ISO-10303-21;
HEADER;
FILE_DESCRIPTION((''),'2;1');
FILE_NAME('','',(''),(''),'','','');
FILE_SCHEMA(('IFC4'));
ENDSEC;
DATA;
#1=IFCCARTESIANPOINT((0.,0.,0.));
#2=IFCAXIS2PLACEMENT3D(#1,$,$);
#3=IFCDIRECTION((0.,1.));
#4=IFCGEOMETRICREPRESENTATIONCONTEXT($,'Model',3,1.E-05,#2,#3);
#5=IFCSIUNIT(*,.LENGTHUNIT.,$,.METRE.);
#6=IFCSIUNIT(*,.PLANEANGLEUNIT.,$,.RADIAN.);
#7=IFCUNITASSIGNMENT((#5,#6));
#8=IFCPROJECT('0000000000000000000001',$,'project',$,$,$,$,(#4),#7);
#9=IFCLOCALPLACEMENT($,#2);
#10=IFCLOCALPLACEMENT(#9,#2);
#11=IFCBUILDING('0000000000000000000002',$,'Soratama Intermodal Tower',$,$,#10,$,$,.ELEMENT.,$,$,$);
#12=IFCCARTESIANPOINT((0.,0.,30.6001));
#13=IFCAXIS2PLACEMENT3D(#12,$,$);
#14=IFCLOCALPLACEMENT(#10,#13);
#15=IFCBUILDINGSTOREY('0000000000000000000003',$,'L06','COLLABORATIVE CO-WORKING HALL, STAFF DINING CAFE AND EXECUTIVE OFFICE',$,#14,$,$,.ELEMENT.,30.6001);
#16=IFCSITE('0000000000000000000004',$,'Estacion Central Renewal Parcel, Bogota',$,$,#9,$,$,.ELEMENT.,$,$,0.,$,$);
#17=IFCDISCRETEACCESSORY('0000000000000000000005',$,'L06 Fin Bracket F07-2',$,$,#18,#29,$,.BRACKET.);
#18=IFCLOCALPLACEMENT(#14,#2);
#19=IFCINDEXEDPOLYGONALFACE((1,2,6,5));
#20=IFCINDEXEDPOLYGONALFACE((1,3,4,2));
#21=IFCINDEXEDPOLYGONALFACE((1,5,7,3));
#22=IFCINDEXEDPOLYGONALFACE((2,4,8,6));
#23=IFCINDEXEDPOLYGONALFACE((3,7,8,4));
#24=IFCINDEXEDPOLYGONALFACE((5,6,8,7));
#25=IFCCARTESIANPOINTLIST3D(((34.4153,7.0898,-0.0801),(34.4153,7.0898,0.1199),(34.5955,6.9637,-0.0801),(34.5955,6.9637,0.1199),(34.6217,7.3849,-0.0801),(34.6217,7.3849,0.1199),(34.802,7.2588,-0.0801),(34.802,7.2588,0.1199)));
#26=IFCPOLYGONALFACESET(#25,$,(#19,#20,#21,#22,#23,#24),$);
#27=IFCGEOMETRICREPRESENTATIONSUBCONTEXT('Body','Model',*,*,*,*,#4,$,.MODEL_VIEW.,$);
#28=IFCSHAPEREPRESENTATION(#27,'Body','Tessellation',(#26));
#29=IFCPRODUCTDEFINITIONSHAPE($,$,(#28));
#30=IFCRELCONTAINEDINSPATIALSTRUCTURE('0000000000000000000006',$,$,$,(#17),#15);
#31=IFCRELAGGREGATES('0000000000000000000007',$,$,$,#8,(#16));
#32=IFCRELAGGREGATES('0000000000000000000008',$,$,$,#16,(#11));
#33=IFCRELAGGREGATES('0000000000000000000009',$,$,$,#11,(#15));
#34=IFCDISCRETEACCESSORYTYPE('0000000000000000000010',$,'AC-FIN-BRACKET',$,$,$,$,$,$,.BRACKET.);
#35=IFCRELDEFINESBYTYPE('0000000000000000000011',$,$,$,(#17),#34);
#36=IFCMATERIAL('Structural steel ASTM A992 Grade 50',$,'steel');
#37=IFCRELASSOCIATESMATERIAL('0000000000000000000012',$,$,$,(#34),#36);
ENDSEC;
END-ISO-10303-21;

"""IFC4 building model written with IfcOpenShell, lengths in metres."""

from ifc_helpers import new_model, si_unit, direction, frame, origin, origin_2d, place, context, subcontext, project, spatial, rectangle, extrude, material, type_object, element, save


model = new_model("IFC4")

# Units and contexts
model_context = context("Model", 3, precision=1e-05, world=origin(), true_north=direction((0.0, 1.0)))
body_context = subcontext(model_context, "Body", "Model", "MODEL_VIEW")
ifc_project = project(units=[si_unit("LENGTHUNIT", "METRE"), si_unit("PLANEANGLEUNIT", "RADIAN")], contexts=[model_context])

# Site, building, storey
site_placement = place(None, origin())
site = spatial("IfcSite", under=ifc_project, at=site_placement, Name="Estacion Central Renewal Parcel, Bogota", CompositionType="ELEMENT", RefElevation=0.0)
building_placement = place(site_placement, origin())
building = spatial("IfcBuilding", under=site, at=building_placement, Name="Soratama Intermodal Tower", CompositionType="ELEMENT")
storey_placement = place(building_placement, frame((0.0, 0.0, 30.6001)))
storey = spatial("IfcBuildingStorey", under=building, at=storey_placement, Name="L06", Description="COLLABORATIVE CO-WORKING HALL, STAFF DINING CAFE AND EXECUTIVE OFFICE", CompositionType="ELEMENT", Elevation=30.6001)

# Discrete accessory
ifc_material_1 = material(Name="Structural steel ASTM A992 Grade 50", Category="steel")
discrete_accessory_type = type_object("IfcDiscreteAccessoryType", Name="AC-FIN-BRACKET", PredefinedType="BRACKET", material=ifc_material_1)
discrete_accessory_placement = place(storey_placement, frame((34.6086, 7.1743, -0.0801), z_axis=(0.0, 0.0, 1.0), x_axis=(-0.57329, -0.819352, 0.0)))
element("IfcDiscreteAccessory", 1, at=discrete_accessory_placement, inside=storey, type_object=discrete_accessory_type, Name="L06 Fin Bracket F07-2", PredefinedType="BRACKET", context=body_context, shape_type="SweptSolid", body=[
    extrude(rectangle(XDim=0.3601, YDim=0.22, at=origin_2d()), origin(), (0.0, 0.0, 1.0), 0.2),
])

save(model, "model.ifc")
